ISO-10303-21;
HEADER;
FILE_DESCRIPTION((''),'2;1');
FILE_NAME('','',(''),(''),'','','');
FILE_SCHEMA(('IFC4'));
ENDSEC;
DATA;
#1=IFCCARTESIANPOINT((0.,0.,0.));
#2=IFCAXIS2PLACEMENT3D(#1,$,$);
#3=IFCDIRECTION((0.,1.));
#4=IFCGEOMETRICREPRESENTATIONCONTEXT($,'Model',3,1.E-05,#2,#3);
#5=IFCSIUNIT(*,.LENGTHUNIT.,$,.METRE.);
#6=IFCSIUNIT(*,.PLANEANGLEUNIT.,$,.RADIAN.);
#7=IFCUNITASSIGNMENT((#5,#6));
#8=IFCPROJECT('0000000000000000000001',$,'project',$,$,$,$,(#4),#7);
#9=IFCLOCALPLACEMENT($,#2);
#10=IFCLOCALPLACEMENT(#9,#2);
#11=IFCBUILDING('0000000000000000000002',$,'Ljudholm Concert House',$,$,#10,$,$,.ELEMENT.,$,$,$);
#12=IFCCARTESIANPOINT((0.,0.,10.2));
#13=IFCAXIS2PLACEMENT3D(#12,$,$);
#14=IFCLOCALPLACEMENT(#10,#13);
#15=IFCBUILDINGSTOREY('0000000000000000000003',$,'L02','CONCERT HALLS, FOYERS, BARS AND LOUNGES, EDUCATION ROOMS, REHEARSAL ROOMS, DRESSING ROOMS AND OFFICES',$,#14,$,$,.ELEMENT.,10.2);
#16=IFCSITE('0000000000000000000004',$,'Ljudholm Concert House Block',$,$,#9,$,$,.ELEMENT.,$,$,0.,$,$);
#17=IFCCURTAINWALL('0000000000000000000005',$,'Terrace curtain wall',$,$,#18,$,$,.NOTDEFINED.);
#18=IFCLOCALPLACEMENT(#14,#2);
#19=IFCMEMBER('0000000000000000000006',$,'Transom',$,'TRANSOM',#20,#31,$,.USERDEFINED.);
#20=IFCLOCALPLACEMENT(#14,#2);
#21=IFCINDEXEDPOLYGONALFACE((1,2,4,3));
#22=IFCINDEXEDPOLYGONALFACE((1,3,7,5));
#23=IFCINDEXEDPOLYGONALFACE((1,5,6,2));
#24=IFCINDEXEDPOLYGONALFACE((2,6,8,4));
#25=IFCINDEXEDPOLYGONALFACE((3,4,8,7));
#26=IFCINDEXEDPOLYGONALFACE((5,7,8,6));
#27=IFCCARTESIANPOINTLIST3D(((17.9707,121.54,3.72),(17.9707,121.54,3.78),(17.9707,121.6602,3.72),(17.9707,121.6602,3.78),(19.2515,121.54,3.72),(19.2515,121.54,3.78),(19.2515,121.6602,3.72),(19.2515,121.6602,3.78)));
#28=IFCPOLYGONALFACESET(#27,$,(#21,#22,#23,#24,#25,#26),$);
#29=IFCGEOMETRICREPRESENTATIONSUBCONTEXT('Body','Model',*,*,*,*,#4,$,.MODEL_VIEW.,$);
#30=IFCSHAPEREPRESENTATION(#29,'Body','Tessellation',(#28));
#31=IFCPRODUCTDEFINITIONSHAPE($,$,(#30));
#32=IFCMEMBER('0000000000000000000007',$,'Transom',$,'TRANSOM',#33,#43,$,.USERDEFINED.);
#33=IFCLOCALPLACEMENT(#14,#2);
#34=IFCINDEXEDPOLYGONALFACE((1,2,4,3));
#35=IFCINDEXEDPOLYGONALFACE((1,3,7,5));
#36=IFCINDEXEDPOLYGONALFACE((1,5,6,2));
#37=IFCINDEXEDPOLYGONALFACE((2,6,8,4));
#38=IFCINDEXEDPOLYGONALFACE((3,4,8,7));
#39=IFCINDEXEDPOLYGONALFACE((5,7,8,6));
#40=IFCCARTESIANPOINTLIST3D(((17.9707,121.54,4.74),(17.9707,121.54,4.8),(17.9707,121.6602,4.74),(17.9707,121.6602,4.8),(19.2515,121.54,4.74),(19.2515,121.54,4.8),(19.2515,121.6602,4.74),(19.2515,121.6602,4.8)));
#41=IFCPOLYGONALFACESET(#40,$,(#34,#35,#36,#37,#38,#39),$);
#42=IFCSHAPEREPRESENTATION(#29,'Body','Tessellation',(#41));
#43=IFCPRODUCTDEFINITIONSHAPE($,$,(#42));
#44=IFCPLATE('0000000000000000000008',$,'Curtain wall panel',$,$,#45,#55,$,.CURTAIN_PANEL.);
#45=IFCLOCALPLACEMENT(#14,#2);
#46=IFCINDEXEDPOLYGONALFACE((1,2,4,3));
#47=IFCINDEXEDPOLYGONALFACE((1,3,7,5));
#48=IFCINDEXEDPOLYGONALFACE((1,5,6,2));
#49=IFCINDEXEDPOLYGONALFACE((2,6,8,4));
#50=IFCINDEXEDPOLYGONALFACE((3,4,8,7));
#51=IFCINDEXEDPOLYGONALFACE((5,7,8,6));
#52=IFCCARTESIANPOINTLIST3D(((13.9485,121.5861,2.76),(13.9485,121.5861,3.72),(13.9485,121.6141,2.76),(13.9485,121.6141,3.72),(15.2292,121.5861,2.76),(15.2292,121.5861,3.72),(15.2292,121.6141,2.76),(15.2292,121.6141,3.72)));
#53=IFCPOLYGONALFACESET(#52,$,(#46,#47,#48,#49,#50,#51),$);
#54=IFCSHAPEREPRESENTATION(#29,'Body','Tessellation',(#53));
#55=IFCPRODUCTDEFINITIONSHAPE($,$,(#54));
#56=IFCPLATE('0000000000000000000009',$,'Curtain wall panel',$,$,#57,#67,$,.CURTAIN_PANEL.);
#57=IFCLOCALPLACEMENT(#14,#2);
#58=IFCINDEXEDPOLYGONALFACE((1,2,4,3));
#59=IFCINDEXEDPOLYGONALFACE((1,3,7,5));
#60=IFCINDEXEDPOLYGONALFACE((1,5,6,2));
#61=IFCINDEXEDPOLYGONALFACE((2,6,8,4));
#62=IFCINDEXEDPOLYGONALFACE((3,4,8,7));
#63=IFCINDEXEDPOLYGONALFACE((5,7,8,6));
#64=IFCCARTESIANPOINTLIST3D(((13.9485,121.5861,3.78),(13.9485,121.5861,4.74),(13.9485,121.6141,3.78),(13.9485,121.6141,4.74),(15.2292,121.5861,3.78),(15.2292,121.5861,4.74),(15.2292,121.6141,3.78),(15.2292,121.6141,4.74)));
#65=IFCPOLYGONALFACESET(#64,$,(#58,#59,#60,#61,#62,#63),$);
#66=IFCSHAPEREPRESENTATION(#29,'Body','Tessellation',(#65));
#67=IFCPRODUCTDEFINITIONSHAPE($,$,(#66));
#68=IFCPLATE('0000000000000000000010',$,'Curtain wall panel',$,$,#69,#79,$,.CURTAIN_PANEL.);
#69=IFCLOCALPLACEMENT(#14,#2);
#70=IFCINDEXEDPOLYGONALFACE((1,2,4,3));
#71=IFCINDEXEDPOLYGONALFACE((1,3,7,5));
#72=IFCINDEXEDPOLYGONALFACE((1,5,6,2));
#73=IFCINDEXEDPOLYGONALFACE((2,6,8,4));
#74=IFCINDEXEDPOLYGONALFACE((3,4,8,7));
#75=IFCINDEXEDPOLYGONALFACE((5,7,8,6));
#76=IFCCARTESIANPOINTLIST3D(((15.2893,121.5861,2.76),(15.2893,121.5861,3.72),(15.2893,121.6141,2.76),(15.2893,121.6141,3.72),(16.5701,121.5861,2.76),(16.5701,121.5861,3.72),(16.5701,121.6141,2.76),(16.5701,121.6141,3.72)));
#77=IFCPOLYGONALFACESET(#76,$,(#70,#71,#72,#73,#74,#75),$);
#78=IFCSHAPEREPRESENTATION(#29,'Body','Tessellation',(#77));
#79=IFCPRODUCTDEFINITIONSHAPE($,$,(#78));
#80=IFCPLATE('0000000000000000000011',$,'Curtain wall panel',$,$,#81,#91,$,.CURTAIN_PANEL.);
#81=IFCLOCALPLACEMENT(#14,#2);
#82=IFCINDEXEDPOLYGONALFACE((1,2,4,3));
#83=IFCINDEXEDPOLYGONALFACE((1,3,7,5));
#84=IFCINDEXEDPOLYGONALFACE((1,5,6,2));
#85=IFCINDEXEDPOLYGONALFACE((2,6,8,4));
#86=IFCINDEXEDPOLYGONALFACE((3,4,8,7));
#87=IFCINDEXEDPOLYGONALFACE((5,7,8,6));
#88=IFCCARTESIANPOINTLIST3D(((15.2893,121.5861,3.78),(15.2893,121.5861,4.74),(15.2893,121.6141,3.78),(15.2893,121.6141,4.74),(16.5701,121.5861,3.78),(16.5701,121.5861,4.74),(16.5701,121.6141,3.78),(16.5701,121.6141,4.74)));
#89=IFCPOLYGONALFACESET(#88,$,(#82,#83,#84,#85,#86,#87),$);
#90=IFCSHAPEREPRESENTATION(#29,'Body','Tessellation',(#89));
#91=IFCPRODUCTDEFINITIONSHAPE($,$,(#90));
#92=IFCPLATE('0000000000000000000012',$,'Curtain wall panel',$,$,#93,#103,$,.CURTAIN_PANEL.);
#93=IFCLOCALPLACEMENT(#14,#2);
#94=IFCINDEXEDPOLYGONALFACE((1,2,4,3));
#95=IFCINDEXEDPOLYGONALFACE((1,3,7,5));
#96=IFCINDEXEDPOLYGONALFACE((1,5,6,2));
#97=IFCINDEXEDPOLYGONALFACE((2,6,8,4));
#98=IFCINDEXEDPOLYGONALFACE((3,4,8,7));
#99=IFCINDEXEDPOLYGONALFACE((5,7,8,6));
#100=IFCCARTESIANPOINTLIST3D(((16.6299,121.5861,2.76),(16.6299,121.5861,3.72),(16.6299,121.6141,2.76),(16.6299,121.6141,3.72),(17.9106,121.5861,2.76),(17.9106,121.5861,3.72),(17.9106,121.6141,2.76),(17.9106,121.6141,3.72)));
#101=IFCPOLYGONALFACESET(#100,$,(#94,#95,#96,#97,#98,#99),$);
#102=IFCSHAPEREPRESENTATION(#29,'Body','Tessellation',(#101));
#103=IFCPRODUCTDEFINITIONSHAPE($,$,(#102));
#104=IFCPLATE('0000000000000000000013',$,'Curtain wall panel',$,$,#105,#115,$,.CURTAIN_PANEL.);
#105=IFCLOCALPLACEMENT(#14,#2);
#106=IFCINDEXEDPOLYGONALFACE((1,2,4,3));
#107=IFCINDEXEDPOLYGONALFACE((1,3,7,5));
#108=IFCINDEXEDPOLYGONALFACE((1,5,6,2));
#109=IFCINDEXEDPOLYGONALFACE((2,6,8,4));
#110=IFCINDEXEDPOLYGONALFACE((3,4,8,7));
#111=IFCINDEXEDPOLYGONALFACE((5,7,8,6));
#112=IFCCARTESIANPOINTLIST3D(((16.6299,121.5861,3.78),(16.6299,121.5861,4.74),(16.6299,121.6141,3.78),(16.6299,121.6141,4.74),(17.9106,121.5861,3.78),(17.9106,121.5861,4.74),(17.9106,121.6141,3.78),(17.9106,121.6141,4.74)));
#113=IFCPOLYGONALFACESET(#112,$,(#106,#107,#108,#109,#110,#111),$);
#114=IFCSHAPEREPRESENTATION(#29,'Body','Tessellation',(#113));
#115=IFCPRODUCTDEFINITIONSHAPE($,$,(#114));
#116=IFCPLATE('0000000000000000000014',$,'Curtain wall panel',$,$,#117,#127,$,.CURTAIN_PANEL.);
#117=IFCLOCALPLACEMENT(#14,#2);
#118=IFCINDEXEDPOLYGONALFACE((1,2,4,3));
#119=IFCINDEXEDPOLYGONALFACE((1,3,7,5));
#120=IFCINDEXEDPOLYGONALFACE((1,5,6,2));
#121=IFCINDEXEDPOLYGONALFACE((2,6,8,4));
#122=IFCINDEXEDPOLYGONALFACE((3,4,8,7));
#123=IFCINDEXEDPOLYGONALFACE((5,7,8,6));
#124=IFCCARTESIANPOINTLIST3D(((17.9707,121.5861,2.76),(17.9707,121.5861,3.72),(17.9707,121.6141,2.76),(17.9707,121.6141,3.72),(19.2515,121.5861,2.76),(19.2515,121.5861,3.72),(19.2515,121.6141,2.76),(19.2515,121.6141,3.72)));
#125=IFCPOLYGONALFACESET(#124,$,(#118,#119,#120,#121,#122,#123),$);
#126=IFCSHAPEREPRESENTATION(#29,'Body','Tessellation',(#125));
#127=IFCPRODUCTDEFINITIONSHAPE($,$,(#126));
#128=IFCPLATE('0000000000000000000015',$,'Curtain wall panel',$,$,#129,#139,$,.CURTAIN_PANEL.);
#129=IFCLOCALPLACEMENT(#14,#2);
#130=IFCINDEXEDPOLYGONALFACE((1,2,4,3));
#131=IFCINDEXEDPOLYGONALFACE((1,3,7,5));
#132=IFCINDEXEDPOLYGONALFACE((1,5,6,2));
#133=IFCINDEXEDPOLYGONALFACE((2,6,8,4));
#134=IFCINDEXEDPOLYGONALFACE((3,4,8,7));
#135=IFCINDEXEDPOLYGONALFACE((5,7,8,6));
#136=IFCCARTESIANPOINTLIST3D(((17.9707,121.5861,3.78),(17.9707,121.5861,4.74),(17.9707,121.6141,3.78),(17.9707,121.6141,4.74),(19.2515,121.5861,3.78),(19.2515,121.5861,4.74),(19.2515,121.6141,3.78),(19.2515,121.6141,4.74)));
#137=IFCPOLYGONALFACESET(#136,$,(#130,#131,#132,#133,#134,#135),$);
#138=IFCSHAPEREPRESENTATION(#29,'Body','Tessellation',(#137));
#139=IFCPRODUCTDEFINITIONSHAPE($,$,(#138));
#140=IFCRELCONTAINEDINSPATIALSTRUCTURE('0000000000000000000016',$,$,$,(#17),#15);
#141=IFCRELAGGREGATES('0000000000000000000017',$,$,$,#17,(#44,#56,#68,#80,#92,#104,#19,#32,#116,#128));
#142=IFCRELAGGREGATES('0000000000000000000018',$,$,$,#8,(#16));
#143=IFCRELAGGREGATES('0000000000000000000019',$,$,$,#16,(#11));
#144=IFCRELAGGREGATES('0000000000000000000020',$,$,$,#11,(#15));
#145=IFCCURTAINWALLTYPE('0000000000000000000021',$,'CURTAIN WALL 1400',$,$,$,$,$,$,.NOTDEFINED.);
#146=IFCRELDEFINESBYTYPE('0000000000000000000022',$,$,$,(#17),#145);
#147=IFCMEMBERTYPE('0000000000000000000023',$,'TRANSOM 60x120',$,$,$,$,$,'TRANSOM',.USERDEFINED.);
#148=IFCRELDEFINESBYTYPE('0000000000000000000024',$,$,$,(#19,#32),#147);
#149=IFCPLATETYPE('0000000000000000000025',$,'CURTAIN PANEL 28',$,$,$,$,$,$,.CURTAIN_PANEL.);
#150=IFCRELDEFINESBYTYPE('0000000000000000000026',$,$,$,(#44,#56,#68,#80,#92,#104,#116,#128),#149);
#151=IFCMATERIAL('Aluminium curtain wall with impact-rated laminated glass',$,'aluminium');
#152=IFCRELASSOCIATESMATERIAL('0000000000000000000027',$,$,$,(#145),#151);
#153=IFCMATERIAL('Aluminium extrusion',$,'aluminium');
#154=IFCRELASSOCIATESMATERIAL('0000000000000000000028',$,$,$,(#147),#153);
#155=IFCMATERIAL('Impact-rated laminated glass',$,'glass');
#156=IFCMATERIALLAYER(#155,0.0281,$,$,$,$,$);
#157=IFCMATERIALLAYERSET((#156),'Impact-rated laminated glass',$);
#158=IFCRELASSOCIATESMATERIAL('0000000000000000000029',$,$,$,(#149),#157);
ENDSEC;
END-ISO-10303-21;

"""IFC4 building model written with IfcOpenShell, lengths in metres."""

from ifc_helpers import new_model, si_unit, direction, frame, origin, origin_2d, place, context, subcontext, project, spatial, rectangle, extrude, material, layer, layer_set, material_profile, profile_set, type_object, element, aggregate, save


model = new_model("IFC4")

# Units and contexts
model_context = context("Model", 3, precision=1e-05, world=origin(), true_north=direction((0.0, 1.0)))
body_context = subcontext(model_context, "Body", "Model", "MODEL_VIEW")
ifc_project = project(units=[si_unit("LENGTHUNIT", "METRE"), si_unit("PLANEANGLEUNIT", "RADIAN")], contexts=[model_context])

# Site, building, storey
site_placement = place(None, origin())
site = spatial("IfcSite", under=ifc_project, at=site_placement, Name="Ljudholm Concert House Block", CompositionType="ELEMENT", RefElevation=0.0)
building_placement = place(site_placement, origin())
building = spatial("IfcBuilding", under=site, at=building_placement, Name="Ljudholm Concert House", CompositionType="ELEMENT")
storey_placement = place(building_placement, frame((0.0, 0.0, 10.2)))
storey = spatial("IfcBuildingStorey", under=building, at=storey_placement, Name="L02", Description="CONCERT HALLS, FOYERS, BARS AND LOUNGES, EDUCATION ROOMS, REHEARSAL ROOMS, DRESSING ROOMS AND OFFICES", CompositionType="ELEMENT", Elevation=10.2)

# Curtain wall
ifc_material_1 = material(Name="Aluminium curtain wall with impact-rated laminated glass", Category="aluminium")
curtain_wall_type = type_object("IfcCurtainWallType", Name="CURTAIN WALL 1400", PredefinedType="NOTDEFINED", material=ifc_material_1)
curtain_wall_placement = place(storey_placement, origin())
curtain_wall = element("IfcCurtainWall", 1, at=curtain_wall_placement, inside=storey, type_object=curtain_wall_type, Name="Terrace curtain wall", PredefinedType="NOTDEFINED")

# Members
ifc_material_2 = material(Name="Aluminium extrusion", Category="aluminium")
ifc_material_profile_1 = material_profile(ifc_material_2, rectangle(XDim=0.1201, YDim=0.0601, at=origin_2d()), Name="TRANSOM 60x120")
ifc_profile_set_1 = profile_set([ifc_material_profile_1], Name="Aluminium extrusion")
member_type_1 = type_object("IfcMemberType", Name="TRANSOM 60x120", ElementType="TRANSOM", PredefinedType="USERDEFINED", material=ifc_profile_set_1)
member_1_placement = place(storey_placement, frame((17.9707, 121.6001, 3.75), z_axis=(1.0, 0.0, 0.0), x_axis=(0.0, 1.0, 0.0)))
member_1 = element("IfcMember", 2, at=member_1_placement, type_object=member_type_1, Name="Transom", ObjectType="TRANSOM", PredefinedType="USERDEFINED", context=body_context, shape_type="SweptSolid", body=[
    extrude(rectangle(XDim=0.1201, YDim=0.0601, at=origin_2d()), origin(), (0.0, 0.0, 1.0), 1.2808),
])
member_2_placement = place(storey_placement, frame((17.9707, 121.6001, 4.77), z_axis=(1.0, 0.0, 0.0), x_axis=(0.0, 1.0, 0.0)))
member_2 = element("IfcMember", 3, at=member_2_placement, type_object=member_type_1, Name="Transom", ObjectType="TRANSOM", PredefinedType="USERDEFINED", context=body_context, shape_type="SweptSolid", body=[
    extrude(rectangle(XDim=0.1201, YDim=0.0601, at=origin_2d()), origin(), (0.0, 0.0, 1.0), 1.2808),
])

# Plates
ifc_material_3 = material(Name="Impact-rated laminated glass", Category="glass")
ifc_layer = layer(ifc_material_3, 0.0281)
ifc_layer_set = layer_set([ifc_layer], Name="Impact-rated laminated glass")
plate_type = type_object("IfcPlateType", Name="CURTAIN PANEL 28", PredefinedType="CURTAIN_PANEL", material=ifc_layer_set)
plate_1_placement = place(storey_placement, frame((14.5889, 121.6001, 2.76), z_axis=(0.0, 0.0, 1.0), x_axis=(1.0, 0.0, 0.0)))
plate_1 = element("IfcPlate", 4, at=plate_1_placement, type_object=plate_type, Name="Curtain wall panel", PredefinedType="CURTAIN_PANEL", context=body_context, shape_type="SweptSolid", body=[
    extrude(rectangle(XDim=1.2808, YDim=0.0281, at=origin_2d()), origin(), (0.0, 0.0, 1.0), 0.96),
])
plate_2_placement = place(storey_placement, frame((14.5889, 121.6001, 3.78), z_axis=(0.0, 0.0, 1.0), x_axis=(1.0, 0.0, 0.0)))
plate_2 = element("IfcPlate", 5, at=plate_2_placement, type_object=plate_type, Name="Curtain wall panel", PredefinedType="CURTAIN_PANEL", context=body_context, shape_type="SweptSolid", body=[
    extrude(rectangle(XDim=1.2808, YDim=0.0281, at=origin_2d()), origin(), (0.0, 0.0, 1.0), 0.96),
])
plate_3_placement = place(storey_placement, frame((15.9297, 121.6001, 2.76), z_axis=(0.0, 0.0, 1.0), x_axis=(1.0, 0.0, 0.0)))
plate_3 = element("IfcPlate", 6, at=plate_3_placement, type_object=plate_type, Name="Curtain wall panel", PredefinedType="CURTAIN_PANEL", context=body_context, shape_type="SweptSolid", body=[
    extrude(rectangle(XDim=1.2808, YDim=0.0281, at=origin_2d()), origin(), (0.0, 0.0, 1.0), 0.96),
])
plate_4_placement = place(storey_placement, frame((15.9297, 121.6001, 3.78), z_axis=(0.0, 0.0, 1.0), x_axis=(1.0, 0.0, 0.0)))
plate_4 = element("IfcPlate", 7, at=plate_4_placement, type_object=plate_type, Name="Curtain wall panel", PredefinedType="CURTAIN_PANEL", context=body_context, shape_type="SweptSolid", body=[
    extrude(rectangle(XDim=1.2808, YDim=0.0281, at=origin_2d()), origin(), (0.0, 0.0, 1.0), 0.96),
])
plate_5_placement = place(storey_placement, frame((17.2703, 121.6001, 2.76), z_axis=(0.0, 0.0, 1.0), x_axis=(1.0, 0.0, 0.0)))
plate_5 = element("IfcPlate", 8, at=plate_5_placement, type_object=plate_type, Name="Curtain wall panel", PredefinedType="CURTAIN_PANEL", context=body_context, shape_type="SweptSolid", body=[
    extrude(rectangle(XDim=1.2808, YDim=0.0281, at=origin_2d()), origin(), (0.0, 0.0, 1.0), 0.96),
])
plate_6_placement = place(storey_placement, frame((17.2703, 121.6001, 3.78), z_axis=(0.0, 0.0, 1.0), x_axis=(1.0, 0.0, 0.0)))
plate_6 = element("IfcPlate", 9, at=plate_6_placement, type_object=plate_type, Name="Curtain wall panel", PredefinedType="CURTAIN_PANEL", context=body_context, shape_type="SweptSolid", body=[
    extrude(rectangle(XDim=1.2808, YDim=0.0281, at=origin_2d()), origin(), (0.0, 0.0, 1.0), 0.96),
])
plate_7_placement = place(storey_placement, frame((18.6111, 121.6001, 2.76), z_axis=(0.0, 0.0, 1.0), x_axis=(1.0, 0.0, 0.0)))
plate_7 = element("IfcPlate", 10, at=plate_7_placement, type_object=plate_type, Name="Curtain wall panel", PredefinedType="CURTAIN_PANEL", context=body_context, shape_type="SweptSolid", body=[
    extrude(rectangle(XDim=1.2808, YDim=0.0281, at=origin_2d()), origin(), (0.0, 0.0, 1.0), 0.96),
])
plate_8_placement = place(storey_placement, frame((18.6111, 121.6001, 3.78), z_axis=(0.0, 0.0, 1.0), x_axis=(1.0, 0.0, 0.0)))
plate_8 = element("IfcPlate", 11, at=plate_8_placement, type_object=plate_type, Name="Curtain wall panel", PredefinedType="CURTAIN_PANEL", context=body_context, shape_type="SweptSolid", body=[
    extrude(rectangle(XDim=1.2808, YDim=0.0281, at=origin_2d()), origin(), (0.0, 0.0, 1.0), 0.96),
])
aggregate(curtain_wall, [plate_1, plate_2, plate_3, plate_4, plate_5, plate_6, member_1, member_2, plate_7, plate_8])

save(model, "model.ifc")
